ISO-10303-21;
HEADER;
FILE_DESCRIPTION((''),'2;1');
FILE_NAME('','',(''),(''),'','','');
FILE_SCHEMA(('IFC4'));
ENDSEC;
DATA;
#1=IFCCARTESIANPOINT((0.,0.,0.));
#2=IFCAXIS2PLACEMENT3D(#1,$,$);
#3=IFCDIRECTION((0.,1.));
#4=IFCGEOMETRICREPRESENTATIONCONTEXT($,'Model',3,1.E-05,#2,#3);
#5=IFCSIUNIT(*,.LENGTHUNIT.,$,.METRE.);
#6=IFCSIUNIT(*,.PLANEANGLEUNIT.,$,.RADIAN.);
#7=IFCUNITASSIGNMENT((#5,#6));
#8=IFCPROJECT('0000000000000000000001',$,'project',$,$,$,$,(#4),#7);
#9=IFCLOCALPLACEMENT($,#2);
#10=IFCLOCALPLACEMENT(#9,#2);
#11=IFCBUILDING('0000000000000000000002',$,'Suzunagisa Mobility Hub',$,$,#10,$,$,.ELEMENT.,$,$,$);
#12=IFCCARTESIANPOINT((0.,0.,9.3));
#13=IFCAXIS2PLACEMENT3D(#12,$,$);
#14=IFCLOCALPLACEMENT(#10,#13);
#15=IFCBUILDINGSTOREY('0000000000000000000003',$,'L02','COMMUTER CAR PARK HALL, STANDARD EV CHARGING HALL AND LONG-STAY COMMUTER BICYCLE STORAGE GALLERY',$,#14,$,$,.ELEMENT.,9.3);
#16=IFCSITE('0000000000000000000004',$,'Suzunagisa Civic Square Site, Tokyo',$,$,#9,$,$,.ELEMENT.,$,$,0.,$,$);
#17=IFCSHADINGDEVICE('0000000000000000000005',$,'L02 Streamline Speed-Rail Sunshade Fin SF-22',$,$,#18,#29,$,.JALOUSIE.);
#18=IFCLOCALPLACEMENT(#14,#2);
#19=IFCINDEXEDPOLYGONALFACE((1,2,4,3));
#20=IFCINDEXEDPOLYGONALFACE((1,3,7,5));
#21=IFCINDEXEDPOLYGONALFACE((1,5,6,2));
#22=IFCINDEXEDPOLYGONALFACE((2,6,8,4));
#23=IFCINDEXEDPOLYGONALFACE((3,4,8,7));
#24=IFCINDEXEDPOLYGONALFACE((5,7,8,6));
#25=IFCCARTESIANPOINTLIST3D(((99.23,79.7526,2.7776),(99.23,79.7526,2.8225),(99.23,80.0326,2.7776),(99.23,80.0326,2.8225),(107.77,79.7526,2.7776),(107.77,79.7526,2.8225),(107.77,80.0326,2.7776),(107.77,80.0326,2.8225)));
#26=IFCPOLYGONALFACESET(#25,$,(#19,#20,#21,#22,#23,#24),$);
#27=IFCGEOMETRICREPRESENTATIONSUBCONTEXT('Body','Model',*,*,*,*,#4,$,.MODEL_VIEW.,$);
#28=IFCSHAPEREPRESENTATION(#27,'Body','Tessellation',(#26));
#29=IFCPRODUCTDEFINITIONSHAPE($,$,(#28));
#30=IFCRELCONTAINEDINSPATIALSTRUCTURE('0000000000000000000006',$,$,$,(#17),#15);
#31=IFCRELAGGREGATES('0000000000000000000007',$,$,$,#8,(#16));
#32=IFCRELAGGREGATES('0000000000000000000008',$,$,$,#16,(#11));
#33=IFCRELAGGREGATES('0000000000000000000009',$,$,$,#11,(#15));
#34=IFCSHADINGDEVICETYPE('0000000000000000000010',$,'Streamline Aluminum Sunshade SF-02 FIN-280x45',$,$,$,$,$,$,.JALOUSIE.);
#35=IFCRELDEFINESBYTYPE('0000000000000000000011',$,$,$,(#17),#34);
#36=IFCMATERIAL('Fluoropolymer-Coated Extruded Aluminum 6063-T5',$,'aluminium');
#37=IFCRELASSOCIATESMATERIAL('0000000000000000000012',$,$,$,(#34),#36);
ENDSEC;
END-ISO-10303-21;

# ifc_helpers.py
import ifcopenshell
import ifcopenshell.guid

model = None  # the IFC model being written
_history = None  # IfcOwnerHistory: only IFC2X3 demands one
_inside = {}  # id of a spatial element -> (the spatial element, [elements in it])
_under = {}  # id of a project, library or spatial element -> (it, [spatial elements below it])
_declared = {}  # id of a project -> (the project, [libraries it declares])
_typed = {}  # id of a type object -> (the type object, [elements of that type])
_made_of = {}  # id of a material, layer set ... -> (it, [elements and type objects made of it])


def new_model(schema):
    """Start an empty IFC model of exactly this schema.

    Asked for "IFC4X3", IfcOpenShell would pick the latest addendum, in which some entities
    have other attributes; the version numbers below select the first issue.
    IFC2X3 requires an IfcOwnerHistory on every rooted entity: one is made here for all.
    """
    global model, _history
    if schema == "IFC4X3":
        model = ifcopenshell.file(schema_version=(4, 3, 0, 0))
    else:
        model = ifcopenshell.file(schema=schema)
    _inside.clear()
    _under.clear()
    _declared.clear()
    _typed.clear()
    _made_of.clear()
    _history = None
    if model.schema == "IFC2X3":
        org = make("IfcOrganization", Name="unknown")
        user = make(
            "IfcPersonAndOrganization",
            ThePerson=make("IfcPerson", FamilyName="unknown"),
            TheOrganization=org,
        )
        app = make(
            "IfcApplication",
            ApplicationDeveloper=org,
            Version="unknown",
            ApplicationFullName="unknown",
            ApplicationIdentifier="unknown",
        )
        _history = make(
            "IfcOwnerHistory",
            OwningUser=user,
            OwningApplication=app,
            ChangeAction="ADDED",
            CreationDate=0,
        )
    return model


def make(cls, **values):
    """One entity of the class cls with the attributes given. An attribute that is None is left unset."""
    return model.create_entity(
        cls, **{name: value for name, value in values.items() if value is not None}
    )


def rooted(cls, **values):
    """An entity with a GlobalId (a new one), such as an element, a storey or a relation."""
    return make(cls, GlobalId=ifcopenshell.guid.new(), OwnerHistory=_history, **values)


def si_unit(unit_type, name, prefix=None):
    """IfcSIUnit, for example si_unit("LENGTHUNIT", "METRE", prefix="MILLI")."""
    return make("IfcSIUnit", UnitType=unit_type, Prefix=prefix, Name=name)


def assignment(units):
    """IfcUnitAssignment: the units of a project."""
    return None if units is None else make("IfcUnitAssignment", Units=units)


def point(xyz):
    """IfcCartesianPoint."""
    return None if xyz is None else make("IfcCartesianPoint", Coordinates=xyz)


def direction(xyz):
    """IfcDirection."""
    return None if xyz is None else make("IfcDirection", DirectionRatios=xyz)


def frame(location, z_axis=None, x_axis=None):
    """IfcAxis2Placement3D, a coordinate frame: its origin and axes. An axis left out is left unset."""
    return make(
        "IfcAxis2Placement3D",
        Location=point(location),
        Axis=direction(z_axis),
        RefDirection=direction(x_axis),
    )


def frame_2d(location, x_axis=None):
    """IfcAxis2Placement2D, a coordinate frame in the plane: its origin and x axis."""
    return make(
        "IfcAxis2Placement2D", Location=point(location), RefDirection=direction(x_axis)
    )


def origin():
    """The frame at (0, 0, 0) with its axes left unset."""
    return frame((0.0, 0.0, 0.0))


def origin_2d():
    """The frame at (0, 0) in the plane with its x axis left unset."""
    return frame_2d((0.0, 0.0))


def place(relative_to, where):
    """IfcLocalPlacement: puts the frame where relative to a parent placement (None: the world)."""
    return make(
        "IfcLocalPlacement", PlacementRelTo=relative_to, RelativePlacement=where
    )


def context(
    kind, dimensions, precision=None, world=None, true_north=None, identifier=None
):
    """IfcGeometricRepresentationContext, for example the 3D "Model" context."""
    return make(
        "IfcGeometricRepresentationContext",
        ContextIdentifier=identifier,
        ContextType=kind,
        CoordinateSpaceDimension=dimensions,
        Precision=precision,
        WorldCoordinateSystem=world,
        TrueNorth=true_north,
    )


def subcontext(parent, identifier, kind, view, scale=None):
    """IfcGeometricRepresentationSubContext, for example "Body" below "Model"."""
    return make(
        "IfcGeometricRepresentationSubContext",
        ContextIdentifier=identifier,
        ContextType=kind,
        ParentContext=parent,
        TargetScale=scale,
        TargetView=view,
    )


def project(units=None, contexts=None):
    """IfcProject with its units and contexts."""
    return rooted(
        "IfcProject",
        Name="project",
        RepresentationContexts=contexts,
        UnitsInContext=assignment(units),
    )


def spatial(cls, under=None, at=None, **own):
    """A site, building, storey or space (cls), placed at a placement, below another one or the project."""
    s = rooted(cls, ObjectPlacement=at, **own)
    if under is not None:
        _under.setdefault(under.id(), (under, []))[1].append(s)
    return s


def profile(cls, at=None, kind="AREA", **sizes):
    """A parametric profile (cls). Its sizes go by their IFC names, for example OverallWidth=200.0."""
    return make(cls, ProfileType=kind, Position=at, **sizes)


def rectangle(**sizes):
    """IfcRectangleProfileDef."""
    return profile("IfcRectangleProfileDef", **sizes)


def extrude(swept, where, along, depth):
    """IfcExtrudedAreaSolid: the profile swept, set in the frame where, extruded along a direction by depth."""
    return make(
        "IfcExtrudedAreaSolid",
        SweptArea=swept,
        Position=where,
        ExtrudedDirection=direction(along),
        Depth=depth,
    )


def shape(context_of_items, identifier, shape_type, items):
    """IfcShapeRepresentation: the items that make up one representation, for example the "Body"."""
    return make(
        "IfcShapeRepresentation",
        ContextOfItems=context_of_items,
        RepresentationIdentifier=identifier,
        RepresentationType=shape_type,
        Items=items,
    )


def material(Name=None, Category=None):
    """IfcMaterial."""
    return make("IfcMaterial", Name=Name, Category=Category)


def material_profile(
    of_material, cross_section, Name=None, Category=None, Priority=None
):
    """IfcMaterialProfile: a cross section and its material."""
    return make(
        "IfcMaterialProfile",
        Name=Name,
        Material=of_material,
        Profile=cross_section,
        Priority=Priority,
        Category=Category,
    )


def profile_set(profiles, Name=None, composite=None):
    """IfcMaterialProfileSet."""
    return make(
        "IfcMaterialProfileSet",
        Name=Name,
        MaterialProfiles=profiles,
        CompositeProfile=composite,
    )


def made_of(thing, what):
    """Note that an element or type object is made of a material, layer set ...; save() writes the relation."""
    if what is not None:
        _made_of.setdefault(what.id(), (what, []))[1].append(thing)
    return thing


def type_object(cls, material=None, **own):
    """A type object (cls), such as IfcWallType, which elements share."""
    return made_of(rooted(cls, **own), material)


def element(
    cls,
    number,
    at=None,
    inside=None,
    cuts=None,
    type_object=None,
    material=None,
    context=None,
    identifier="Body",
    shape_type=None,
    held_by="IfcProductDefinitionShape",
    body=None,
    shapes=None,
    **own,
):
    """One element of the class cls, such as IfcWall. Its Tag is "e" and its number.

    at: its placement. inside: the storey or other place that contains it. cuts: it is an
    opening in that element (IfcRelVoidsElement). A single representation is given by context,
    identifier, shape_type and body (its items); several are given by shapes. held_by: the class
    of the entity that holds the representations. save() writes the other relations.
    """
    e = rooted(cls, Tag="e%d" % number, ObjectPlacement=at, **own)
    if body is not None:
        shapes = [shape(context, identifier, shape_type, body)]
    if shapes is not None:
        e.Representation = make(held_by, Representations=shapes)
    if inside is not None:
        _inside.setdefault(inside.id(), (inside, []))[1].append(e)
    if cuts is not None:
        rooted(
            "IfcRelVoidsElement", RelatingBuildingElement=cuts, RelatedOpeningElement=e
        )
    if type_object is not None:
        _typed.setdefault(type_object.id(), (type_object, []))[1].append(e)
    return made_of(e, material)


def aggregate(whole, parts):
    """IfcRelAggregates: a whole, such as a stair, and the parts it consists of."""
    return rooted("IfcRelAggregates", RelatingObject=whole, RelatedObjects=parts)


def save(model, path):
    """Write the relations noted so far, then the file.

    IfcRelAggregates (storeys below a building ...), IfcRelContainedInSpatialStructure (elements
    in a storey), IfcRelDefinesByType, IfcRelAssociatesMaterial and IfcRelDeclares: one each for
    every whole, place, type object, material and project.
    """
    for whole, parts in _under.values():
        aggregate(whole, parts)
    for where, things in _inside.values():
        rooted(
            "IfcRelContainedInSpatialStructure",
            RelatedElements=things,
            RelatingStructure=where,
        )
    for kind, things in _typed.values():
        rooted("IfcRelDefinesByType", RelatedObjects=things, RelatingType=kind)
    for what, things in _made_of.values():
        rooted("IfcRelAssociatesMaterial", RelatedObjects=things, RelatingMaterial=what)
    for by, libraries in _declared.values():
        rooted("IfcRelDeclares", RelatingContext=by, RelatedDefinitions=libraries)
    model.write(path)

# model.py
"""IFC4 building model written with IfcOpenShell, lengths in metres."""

from ifc_helpers import new_model, si_unit, direction, frame, origin, origin_2d, place, context, subcontext, project, spatial, rectangle, extrude, material, material_profile, profile_set, type_object, element, save


model = new_model("IFC4")

# Units and contexts
model_context = context("Model", 3, precision=1e-05, world=origin(), true_north=direction((0.0, 1.0)))
body_context = subcontext(model_context, "Body", "Model", "MODEL_VIEW")
ifc_project = project(units=[si_unit("LENGTHUNIT", "METRE"), si_unit("PLANEANGLEUNIT", "RADIAN")], contexts=[model_context])

# Site, building, storey
site_placement = place(None, origin())
site = spatial("IfcSite", under=ifc_project, at=site_placement, Name="Suzunagisa Civic Square Site, Tokyo", CompositionType="ELEMENT", RefElevation=0.0)
building_placement = place(site_placement, origin())
building = spatial("IfcBuilding", under=site, at=building_placement, Name="Suzunagisa Mobility Hub", CompositionType="ELEMENT")
storey_placement = place(building_placement, frame((0.0, 0.0, 9.3)))
storey = spatial("IfcBuildingStorey", under=building, at=storey_placement, Name="L02", Description="COMMUTER CAR PARK HALL, STANDARD EV CHARGING HALL AND LONG-STAY COMMUTER BICYCLE STORAGE GALLERY", CompositionType="ELEMENT", Elevation=9.3)

# Shading device
ifc_material_1 = material(Name="Fluoropolymer-Coated Extruded Aluminum 6063-T5", Category="aluminium")
ifc_material_profile_1 = material_profile(ifc_material_1, rectangle(XDim=0.28, YDim=0.0449, at=origin_2d()), Name="FIN-280x45")
ifc_profile_set_1 = profile_set([ifc_material_profile_1], Name="Fluoropolymer-Coated Extruded Aluminum 6063-T5")
shading_device_type = type_object("IfcShadingDeviceType", Name="Streamline Aluminum Sunshade SF-02 FIN-280x45", PredefinedType="JALOUSIE", material=ifc_profile_set_1)
shading_device_placement = place(storey_placement, frame((99.23, 79.8926, 2.8), z_axis=(1.0, 0.0, 0.0), x_axis=(0.0, 1.0, 0.0)))
element("IfcShadingDevice", 1, at=shading_device_placement, inside=storey, type_object=shading_device_type, Name="L02 Streamline Speed-Rail Sunshade Fin SF-22", PredefinedType="JALOUSIE", context=body_context, shape_type="SweptSolid", body=[
    extrude(rectangle(XDim=0.28, YDim=0.0449, at=origin_2d()), origin(), (0.0, 0.0, 1.0), 8.54),
])

save(model, "model.ifc")
